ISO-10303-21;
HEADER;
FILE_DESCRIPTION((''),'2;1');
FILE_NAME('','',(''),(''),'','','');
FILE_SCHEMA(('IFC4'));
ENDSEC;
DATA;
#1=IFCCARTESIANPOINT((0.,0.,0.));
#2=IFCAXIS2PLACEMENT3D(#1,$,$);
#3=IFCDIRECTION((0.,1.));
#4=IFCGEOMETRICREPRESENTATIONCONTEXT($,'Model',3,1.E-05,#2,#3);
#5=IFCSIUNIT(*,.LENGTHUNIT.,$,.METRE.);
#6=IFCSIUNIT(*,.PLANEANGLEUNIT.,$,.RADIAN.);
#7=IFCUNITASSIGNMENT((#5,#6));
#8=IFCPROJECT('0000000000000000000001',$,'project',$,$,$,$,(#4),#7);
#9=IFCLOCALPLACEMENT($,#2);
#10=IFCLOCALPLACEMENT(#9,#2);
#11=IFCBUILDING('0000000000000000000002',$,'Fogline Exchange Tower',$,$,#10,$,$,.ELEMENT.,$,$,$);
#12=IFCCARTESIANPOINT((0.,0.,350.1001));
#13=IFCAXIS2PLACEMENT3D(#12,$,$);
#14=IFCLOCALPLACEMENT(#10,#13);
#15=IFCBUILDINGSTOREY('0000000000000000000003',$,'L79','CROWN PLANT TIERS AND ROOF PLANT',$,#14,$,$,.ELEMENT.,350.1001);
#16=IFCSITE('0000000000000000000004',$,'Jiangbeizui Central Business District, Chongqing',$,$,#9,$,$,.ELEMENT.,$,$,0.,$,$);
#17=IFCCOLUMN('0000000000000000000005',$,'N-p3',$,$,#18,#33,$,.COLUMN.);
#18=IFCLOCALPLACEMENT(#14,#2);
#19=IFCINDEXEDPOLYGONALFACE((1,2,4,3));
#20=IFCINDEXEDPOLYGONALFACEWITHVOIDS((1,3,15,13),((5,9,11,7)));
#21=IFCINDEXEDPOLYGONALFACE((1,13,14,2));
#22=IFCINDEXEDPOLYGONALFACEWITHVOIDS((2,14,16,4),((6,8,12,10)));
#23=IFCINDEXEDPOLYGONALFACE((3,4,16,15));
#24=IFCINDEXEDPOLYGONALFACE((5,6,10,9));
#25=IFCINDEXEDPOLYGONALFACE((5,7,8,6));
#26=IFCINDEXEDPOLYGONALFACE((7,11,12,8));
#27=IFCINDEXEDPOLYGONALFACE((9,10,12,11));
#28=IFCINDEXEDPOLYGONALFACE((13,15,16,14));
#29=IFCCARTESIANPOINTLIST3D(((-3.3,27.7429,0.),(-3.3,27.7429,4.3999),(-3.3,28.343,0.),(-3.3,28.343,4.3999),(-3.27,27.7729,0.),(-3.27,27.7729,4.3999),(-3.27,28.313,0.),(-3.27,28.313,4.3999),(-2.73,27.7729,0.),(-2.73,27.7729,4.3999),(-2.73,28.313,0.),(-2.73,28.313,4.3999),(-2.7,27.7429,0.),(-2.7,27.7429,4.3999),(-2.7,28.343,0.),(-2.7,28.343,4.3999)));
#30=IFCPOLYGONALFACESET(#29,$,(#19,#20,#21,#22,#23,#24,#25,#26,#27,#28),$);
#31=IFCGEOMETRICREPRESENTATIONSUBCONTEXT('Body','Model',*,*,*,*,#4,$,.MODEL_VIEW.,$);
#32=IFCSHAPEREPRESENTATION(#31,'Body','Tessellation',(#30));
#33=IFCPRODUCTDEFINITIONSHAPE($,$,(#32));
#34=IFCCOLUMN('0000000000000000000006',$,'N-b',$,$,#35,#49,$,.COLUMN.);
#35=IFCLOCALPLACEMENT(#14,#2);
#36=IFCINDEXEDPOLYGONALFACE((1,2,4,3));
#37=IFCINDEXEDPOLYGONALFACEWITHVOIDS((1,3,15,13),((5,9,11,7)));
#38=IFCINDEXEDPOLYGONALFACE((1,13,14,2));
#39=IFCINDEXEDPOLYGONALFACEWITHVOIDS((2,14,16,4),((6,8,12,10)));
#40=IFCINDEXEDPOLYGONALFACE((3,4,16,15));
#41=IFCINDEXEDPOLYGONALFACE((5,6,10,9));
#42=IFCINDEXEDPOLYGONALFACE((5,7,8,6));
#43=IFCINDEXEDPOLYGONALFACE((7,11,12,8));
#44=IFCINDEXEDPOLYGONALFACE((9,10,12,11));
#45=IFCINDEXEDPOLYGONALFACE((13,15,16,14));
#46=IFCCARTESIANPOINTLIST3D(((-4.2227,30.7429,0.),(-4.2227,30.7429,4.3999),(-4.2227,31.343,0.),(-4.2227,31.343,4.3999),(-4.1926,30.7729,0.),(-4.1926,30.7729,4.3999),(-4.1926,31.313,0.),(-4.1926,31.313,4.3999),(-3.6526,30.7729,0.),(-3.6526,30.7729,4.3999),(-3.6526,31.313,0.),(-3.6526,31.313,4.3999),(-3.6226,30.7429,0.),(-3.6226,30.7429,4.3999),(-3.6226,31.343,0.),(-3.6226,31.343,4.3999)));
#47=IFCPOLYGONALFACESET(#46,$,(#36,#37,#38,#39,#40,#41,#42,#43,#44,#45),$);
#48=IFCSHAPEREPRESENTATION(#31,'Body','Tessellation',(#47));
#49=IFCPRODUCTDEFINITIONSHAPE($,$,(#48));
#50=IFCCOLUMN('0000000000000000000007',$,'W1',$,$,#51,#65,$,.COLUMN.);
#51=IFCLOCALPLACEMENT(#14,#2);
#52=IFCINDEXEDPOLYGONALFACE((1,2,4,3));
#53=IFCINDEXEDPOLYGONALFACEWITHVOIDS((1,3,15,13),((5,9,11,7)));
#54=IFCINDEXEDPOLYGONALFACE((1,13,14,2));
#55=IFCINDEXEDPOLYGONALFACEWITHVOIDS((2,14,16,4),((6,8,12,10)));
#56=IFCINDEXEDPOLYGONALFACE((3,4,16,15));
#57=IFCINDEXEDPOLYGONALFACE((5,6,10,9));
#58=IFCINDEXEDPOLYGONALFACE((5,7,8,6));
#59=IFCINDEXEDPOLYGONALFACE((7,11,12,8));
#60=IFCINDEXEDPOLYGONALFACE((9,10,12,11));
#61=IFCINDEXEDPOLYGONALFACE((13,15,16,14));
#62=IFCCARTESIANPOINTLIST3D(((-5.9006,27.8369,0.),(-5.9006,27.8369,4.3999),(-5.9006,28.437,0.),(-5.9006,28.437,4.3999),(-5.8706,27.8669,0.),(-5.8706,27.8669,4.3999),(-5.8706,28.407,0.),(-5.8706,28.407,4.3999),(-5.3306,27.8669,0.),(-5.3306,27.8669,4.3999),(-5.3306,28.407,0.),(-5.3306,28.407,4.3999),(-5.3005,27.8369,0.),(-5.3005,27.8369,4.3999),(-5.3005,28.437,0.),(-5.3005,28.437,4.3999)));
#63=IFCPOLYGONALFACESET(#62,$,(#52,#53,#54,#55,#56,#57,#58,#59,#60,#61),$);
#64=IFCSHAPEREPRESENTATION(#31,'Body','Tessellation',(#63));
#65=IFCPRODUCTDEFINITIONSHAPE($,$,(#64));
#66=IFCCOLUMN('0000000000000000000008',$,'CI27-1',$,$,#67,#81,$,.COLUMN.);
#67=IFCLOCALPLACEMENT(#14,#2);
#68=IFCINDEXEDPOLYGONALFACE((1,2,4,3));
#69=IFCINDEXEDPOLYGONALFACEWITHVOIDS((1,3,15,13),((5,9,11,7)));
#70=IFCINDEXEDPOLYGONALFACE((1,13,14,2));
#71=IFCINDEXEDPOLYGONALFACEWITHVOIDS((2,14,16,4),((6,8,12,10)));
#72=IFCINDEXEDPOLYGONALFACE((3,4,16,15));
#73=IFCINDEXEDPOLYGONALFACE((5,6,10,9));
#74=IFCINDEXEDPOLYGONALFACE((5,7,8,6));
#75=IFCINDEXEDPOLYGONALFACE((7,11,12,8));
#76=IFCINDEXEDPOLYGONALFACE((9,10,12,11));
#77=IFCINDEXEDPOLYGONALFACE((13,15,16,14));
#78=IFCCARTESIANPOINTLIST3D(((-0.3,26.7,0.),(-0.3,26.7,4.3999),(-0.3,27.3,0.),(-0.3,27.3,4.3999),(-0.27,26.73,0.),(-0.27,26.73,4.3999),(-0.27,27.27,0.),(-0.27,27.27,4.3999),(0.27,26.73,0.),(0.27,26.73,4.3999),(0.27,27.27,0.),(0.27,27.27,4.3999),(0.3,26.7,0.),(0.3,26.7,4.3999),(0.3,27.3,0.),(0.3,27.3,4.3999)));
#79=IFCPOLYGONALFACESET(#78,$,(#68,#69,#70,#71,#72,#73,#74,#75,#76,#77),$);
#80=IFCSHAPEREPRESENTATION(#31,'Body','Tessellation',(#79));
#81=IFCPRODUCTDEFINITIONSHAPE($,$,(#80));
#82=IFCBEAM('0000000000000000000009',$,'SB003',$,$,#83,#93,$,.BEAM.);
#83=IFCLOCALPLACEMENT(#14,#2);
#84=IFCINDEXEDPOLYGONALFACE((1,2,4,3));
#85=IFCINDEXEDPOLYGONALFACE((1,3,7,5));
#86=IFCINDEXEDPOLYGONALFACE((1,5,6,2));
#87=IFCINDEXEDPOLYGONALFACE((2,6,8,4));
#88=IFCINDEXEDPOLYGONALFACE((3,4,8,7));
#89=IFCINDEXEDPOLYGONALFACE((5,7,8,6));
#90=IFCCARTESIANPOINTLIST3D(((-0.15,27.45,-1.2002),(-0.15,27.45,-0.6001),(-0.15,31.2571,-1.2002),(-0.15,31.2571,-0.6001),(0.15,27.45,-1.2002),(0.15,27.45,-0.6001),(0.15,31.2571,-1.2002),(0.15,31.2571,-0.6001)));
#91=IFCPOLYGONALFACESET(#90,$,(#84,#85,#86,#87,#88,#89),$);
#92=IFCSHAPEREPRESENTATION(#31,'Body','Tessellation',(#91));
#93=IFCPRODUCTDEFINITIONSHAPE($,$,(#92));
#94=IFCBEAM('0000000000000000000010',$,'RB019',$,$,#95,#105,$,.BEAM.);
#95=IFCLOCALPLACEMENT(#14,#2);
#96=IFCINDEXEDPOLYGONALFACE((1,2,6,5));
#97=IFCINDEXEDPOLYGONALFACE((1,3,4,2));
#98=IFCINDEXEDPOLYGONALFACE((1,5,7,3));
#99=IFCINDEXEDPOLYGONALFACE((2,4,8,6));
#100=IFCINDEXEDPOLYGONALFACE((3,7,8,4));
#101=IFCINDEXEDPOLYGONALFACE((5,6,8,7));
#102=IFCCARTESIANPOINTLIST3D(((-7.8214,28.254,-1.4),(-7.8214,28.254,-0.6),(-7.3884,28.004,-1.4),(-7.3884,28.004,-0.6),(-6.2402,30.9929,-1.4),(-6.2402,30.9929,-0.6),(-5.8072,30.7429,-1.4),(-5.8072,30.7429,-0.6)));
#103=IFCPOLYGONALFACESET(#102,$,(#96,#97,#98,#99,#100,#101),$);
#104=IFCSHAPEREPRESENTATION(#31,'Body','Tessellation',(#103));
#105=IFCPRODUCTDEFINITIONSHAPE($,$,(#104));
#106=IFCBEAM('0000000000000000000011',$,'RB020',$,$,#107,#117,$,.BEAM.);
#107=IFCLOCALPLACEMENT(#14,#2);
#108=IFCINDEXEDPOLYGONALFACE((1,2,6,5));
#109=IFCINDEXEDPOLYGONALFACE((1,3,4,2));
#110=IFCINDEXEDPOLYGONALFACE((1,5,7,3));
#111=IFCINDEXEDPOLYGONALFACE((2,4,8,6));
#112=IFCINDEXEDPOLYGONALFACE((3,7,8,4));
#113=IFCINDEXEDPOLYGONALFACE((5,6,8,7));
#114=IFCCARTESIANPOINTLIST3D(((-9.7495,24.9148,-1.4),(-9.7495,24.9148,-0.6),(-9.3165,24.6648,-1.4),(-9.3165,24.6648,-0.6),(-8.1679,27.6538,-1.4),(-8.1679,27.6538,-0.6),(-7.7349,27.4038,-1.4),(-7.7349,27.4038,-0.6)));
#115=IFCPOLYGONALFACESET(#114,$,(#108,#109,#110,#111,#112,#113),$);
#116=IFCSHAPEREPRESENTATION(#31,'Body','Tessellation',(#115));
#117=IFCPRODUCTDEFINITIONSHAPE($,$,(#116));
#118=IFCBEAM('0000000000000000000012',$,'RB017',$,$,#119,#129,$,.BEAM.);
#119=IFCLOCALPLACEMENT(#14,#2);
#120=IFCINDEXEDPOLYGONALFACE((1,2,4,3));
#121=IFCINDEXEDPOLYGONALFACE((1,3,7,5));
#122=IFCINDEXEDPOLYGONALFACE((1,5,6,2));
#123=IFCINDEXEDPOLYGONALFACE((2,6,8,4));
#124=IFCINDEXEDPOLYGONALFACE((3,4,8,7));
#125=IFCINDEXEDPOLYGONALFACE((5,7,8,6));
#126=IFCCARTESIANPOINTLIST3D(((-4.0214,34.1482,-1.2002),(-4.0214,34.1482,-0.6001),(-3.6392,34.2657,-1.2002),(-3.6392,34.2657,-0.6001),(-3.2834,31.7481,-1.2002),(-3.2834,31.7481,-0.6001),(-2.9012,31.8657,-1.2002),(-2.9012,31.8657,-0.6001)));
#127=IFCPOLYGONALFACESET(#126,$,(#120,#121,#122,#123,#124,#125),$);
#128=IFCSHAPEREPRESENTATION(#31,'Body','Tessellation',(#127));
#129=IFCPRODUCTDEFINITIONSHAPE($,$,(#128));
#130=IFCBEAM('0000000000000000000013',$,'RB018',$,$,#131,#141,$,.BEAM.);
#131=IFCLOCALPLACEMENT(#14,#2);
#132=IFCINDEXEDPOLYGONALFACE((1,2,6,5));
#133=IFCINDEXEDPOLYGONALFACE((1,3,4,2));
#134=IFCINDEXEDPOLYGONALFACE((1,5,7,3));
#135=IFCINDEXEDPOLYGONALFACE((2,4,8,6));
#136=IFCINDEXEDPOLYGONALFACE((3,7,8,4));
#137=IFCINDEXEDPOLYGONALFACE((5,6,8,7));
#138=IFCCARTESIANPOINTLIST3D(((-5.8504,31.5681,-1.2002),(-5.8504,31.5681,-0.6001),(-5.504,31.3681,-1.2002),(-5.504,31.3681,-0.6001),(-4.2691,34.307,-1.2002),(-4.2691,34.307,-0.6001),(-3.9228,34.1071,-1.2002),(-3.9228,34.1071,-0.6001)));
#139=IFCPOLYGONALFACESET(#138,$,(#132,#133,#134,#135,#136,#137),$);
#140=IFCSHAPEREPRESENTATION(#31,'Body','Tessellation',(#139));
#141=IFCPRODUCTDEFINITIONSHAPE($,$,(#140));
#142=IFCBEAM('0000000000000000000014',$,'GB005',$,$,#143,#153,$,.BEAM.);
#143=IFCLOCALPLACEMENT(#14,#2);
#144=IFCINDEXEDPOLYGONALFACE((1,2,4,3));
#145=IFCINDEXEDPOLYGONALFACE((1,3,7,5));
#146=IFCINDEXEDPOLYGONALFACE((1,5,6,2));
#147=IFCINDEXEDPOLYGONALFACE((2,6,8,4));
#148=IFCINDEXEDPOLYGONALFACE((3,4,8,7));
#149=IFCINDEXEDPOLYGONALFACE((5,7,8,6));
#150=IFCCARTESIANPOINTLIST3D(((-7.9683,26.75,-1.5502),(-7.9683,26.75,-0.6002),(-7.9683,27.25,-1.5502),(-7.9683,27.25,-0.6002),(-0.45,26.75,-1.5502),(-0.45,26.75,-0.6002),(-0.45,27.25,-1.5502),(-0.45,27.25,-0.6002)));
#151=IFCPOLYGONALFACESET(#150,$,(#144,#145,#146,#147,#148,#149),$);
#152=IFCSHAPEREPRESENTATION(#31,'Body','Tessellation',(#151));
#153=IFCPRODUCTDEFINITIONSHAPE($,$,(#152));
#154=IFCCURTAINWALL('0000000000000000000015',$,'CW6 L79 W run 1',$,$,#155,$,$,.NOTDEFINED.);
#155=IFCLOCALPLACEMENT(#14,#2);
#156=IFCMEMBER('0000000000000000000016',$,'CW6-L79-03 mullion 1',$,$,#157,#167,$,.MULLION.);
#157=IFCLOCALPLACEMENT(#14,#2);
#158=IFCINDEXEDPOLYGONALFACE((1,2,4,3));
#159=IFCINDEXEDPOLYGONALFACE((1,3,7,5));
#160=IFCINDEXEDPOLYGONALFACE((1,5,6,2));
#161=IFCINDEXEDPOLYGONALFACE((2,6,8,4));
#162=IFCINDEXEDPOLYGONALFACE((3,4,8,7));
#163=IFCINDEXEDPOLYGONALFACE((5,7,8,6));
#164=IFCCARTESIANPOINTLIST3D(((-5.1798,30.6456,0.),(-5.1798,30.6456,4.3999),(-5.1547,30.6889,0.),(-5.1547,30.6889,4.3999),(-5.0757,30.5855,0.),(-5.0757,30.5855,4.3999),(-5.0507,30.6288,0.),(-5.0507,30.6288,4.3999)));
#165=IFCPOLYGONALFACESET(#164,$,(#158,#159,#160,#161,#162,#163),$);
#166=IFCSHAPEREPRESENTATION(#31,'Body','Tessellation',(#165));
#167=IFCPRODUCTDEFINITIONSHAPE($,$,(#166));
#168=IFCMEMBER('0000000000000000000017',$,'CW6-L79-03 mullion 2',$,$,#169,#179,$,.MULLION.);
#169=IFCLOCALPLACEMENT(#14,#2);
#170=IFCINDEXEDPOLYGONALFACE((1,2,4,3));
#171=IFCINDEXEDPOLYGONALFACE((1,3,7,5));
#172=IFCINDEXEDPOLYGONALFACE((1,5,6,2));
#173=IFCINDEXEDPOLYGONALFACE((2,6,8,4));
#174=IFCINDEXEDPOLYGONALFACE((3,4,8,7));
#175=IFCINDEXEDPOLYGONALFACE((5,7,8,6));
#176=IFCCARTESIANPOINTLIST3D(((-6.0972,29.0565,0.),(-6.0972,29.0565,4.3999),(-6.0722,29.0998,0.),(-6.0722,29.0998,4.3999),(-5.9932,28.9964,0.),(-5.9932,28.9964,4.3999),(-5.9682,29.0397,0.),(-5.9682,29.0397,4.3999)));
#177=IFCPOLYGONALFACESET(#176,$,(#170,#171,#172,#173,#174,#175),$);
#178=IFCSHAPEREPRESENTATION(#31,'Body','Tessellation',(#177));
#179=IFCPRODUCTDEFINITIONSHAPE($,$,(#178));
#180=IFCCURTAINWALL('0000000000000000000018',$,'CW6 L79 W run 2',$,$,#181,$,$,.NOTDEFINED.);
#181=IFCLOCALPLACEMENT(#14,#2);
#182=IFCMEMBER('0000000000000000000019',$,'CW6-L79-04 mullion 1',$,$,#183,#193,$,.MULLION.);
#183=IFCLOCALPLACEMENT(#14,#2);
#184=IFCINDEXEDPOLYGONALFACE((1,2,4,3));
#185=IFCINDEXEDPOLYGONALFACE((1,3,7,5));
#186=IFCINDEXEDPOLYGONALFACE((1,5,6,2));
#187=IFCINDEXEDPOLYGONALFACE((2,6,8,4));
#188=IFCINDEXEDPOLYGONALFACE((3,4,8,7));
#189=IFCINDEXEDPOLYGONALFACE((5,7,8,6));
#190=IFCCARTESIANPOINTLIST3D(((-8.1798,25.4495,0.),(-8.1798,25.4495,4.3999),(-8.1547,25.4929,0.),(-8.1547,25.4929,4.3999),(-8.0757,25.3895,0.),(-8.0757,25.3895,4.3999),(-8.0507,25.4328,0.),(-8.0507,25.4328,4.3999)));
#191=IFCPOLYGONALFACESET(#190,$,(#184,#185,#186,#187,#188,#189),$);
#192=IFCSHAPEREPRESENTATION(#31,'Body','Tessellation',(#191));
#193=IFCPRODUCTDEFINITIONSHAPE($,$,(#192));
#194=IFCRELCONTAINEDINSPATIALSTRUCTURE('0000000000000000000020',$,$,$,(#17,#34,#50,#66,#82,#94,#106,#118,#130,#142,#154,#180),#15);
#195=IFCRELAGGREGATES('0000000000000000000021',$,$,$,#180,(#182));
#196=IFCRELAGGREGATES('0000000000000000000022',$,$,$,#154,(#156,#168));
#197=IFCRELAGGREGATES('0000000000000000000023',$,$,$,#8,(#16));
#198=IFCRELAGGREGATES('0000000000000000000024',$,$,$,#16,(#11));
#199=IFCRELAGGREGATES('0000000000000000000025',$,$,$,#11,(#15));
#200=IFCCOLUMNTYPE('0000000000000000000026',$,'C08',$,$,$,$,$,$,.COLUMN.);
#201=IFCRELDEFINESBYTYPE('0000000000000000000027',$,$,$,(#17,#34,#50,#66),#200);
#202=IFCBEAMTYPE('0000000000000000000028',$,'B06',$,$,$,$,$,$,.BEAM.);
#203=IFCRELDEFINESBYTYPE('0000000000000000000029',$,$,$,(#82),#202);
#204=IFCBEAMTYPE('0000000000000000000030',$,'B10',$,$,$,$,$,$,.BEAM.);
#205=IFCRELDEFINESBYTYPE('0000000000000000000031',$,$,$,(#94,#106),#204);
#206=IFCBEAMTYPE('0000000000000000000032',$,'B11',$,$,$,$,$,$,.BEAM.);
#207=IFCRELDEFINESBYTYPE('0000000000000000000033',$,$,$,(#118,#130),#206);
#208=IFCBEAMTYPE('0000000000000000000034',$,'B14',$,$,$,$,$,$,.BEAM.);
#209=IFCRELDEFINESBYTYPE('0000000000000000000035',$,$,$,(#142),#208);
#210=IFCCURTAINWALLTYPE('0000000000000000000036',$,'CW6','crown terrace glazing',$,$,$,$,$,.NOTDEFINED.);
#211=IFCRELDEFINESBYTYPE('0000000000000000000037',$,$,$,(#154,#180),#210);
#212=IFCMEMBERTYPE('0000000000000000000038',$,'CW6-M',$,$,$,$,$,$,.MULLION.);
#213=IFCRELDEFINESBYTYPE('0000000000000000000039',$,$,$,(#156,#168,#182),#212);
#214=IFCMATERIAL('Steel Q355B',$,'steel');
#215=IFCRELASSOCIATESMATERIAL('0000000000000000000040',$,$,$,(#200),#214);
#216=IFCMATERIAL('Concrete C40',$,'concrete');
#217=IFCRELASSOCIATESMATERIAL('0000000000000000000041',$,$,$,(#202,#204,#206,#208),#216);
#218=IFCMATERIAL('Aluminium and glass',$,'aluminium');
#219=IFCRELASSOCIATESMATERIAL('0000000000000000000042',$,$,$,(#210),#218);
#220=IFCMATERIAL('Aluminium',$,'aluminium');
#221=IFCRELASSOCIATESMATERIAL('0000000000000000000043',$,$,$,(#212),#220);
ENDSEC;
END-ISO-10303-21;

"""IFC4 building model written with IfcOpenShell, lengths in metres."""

from ifc_helpers import new_model, si_unit, direction, frame, origin, origin_2d, place, context, subcontext, project, spatial, rectangle, hollow_rectangle, extrude, material, material_profile, profile_set, type_object, element, aggregate, save


model = new_model("IFC4")

# Units and contexts
model_context = context("Model", 3, precision=1e-05, world=origin(), true_north=direction((0.0, 1.0)))
body_context = subcontext(model_context, "Body", "Model", "MODEL_VIEW")
ifc_project = project(units=[si_unit("LENGTHUNIT", "METRE"), si_unit("PLANEANGLEUNIT", "RADIAN")], contexts=[model_context])

# Site, building, storey
site_placement = place(None, origin())
site = spatial("IfcSite", under=ifc_project, at=site_placement, Name="Jiangbeizui Central Business District, Chongqing", CompositionType="ELEMENT", RefElevation=0.0)
building_placement = place(site_placement, origin())
building = spatial("IfcBuilding", under=site, at=building_placement, Name="Fogline Exchange Tower", CompositionType="ELEMENT")
storey_placement = place(building_placement, frame((0.0, 0.0, 350.1001)))
storey = spatial("IfcBuildingStorey", under=building, at=storey_placement, Name="L79", Description="CROWN PLANT TIERS AND ROOF PLANT", CompositionType="ELEMENT", Elevation=350.1001)

# Columns
ifc_material_1 = material(Name="Steel Q355B", Category="steel")
ifc_material_profile_1 = material_profile(ifc_material_1, hollow_rectangle(XDim=0.6001, YDim=0.6001, WallThickness=0.03, at=origin_2d()), Name="BOX600X600X30")
ifc_profile_set_1 = profile_set([ifc_material_profile_1], Name="Steel Q355B")
column_type = type_object("IfcColumnType", Name="C08", PredefinedType="COLUMN", material=ifc_profile_set_1)
for number, where, z_axis, x_axis, name in (
    (1, (-3.0, 28.043, 0.0), (0.0, 0.0, 1.0), (1.0, 0.0, 0.0), "N-p3"),
    (2, (-3.9226, 31.043, 0.0), (0.0, 0.0, 1.0), (1.0, 0.0, 0.0), "N-b"),
    (3, (-5.6006, 28.137, 0.0), (0.0, 0.0, 1.0), (1.0, 0.0, 0.0), "W1"),
    (4, (0.0, 27.0, 0.0), (0.0, 0.0, 1.0), (1.0, 0.0, 0.0), "CI27-1"),
):
    element("IfcColumn", number, at=place(storey_placement, frame(where, z_axis=z_axis, x_axis=x_axis)), inside=storey, type_object=column_type, Name=name, PredefinedType="COLUMN", context=body_context, shape_type="SweptSolid", body=[
        extrude(hollow_rectangle(XDim=0.6001, YDim=0.6001, WallThickness=0.03, at=origin_2d()), origin(), (0.0, 0.0, 1.0), 4.3999),
    ])

# Beams
ifc_material_2 = material(Name="Concrete C40", Category="concrete")
ifc_material_profile_2 = material_profile(ifc_material_2, rectangle(XDim=0.3, YDim=0.6001, at=origin_2d()), Name="RC 300x600")
ifc_profile_set_2 = profile_set([ifc_material_profile_2], Name="Concrete C40")
beam_type_1 = type_object("IfcBeamType", Name="B06", PredefinedType="BEAM", material=ifc_profile_set_2)
beam_1_placement = place(storey_placement, frame((0.0, 27.45, -0.9001), z_axis=(0.0, 1.0, 0.0), x_axis=(-1.0, 0.0, 0.0)))
element("IfcBeam", 5, at=beam_1_placement, inside=storey, type_object=beam_type_1, Name="SB003", PredefinedType="BEAM", context=body_context, shape_type="SweptSolid", body=[
    extrude(rectangle(XDim=0.3, YDim=0.6001, at=origin_2d()), origin(), (0.0, 0.0, 1.0), 3.8071),
])
ifc_material_profile_3 = material_profile(ifc_material_2, rectangle(XDim=0.5, YDim=0.8, at=origin_2d()), Name="RC 500x800")
ifc_profile_set_3 = profile_set([ifc_material_profile_3], Name="Concrete C40")
beam_type_2 = type_object("IfcBeamType", Name="B10", PredefinedType="BEAM", material=ifc_profile_set_3)
beam_2_placement = place(storey_placement, frame((-6.0237, 30.8679, -1.0), z_axis=(-0.499983, -0.866035, 0.0), x_axis=(0.866035, -0.499983, 0.0)))
element("IfcBeam", 6, at=beam_2_placement, inside=storey, type_object=beam_type_2, Name="RB019", PredefinedType="BEAM", context=body_context, shape_type="SweptSolid", body=[
    extrude(rectangle(XDim=0.5, YDim=0.8, at=origin_2d()), origin(), (0.0, 0.0, 1.0), 3.1626),
])
beam_3_placement = place(storey_placement, frame((-7.9514, 27.5288, -1.0), z_axis=(-0.500041, -0.866002, 0.0), x_axis=(0.866002, -0.500041, 0.0)))
element("IfcBeam", 7, at=beam_3_placement, inside=storey, type_object=beam_type_2, Name="RB020", PredefinedType="BEAM", context=body_context, shape_type="SweptSolid", body=[
    extrude(rectangle(XDim=0.5, YDim=0.8, at=origin_2d()), origin(), (0.0, 0.0, 1.0), 3.1628),
])
ifc_material_profile_4 = material_profile(ifc_material_2, rectangle(XDim=0.3999, YDim=0.6001, at=origin_2d()), Name="RC 400x600")
ifc_profile_set_4 = profile_set([ifc_material_profile_4], Name="Concrete C40")
beam_type_3 = type_object("IfcBeamType", Name="B11", PredefinedType="BEAM", material=ifc_profile_set_4)
beam_4_placement = place(storey_placement, frame((-3.0923, 31.8069, -0.9001), z_axis=(-0.293915, 0.955832, 0.0), x_axis=(-0.955832, -0.293915, 0.0)))
element("IfcBeam", 8, at=beam_4_placement, inside=storey, type_object=beam_type_3, Name="RB017", PredefinedType="BEAM", context=body_context, shape_type="SweptSolid", body=[
    extrude(rectangle(XDim=0.3999, YDim=0.6001, at=origin_2d()), origin(), (0.0, 0.0, 1.0), 2.511),
])
beam_5_placement = place(storey_placement, frame((-4.0959, 34.207, -0.9001), z_axis=(-0.499983, -0.866035, 0.0), x_axis=(0.866035, -0.499983, 0.0)))
element("IfcBeam", 9, at=beam_5_placement, inside=storey, type_object=beam_type_3, Name="RB018", PredefinedType="BEAM", context=body_context, shape_type="SweptSolid", body=[
    extrude(rectangle(XDim=0.3999, YDim=0.6001, at=origin_2d()), origin(), (0.0, 0.0, 1.0), 3.1626),
])
ifc_material_profile_5 = material_profile(ifc_material_2, rectangle(XDim=0.5, YDim=0.95, at=origin_2d()), Name="RC 500x950")
ifc_profile_set_5 = profile_set([ifc_material_profile_5], Name="Concrete C40")
beam_type_4 = type_object("IfcBeamType", Name="B14", PredefinedType="BEAM", material=ifc_profile_set_5)
beam_6_placement = place(storey_placement, frame((-7.9683, 27.0, -1.0752), z_axis=(1.0, 0.0, 0.0), x_axis=(0.0, 1.0, 0.0)))
element("IfcBeam", 10, at=beam_6_placement, inside=storey, type_object=beam_type_4, Name="GB005", PredefinedType="BEAM", context=body_context, shape_type="SweptSolid", body=[
    extrude(rectangle(XDim=0.5, YDim=0.95, at=origin_2d()), origin(), (0.0, 0.0, 1.0), 7.5183),
])

# Curtain wall, members
ifc_material_3 = material(Name="Aluminium and glass", Category="aluminium")
curtain_wall_type = type_object("IfcCurtainWallType", Name="CW6", Description="crown terrace glazing", PredefinedType="NOTDEFINED", material=ifc_material_3)
curtain_wall_1_placement = place(storey_placement, origin())
curtain_wall_1 = element("IfcCurtainWall", 11, at=curtain_wall_1_placement, inside=storey, type_object=curtain_wall_type, Name="CW6 L79 W run 1", PredefinedType="NOTDEFINED")
ifc_material_4 = material(Name="Aluminium", Category="aluminium")
ifc_material_profile_6 = material_profile(ifc_material_4, rectangle(XDim=0.1201, YDim=0.05, at=origin_2d()), Name="Mullion 50x120")
ifc_profile_set_6 = profile_set([ifc_material_profile_6], Name="Aluminium")
member_type_1 = type_object("IfcMemberType", Name="CW6-M", PredefinedType="MULLION", material=ifc_profile_set_6)
member_1_placement = place(storey_placement, frame((-5.1152, 30.6372, 0.0), z_axis=(0.0, 0.0, 1.0), x_axis=(0.866026, -0.5, 0.0)))
member_1 = element("IfcMember", 12, at=member_1_placement, type_object=member_type_1, Name="CW6-L79-03 mullion 1", PredefinedType="MULLION", context=body_context, shape_type="SweptSolid", body=[
    extrude(rectangle(XDim=0.1201, YDim=0.05, at=origin_2d()), origin(), (0.0, 0.0, 1.0), 4.3999),
])
member_2_placement = place(storey_placement, frame((-6.0327, 29.0481, 0.0), z_axis=(0.0, 0.0, 1.0), x_axis=(0.866026, -0.5, 0.0)))
member_2 = element("IfcMember", 13, at=member_2_placement, type_object=member_type_1, Name="CW6-L79-03 mullion 2", PredefinedType="MULLION", context=body_context, shape_type="SweptSolid", body=[
    extrude(rectangle(XDim=0.1201, YDim=0.05, at=origin_2d()), origin(), (0.0, 0.0, 1.0), 4.3999),
])

# Curtain wall, member
curtain_wall_2_placement = place(storey_placement, origin())
curtain_wall_2 = element("IfcCurtainWall", 14, at=curtain_wall_2_placement, inside=storey, type_object=curtain_wall_type, Name="CW6 L79 W run 2", PredefinedType="NOTDEFINED")
member_3_placement = place(storey_placement, frame((-8.1152, 25.4412, 0.0), z_axis=(0.0, 0.0, 1.0), x_axis=(0.866026, -0.5, 0.0)))
member_3 = element("IfcMember", 15, at=member_3_placement, type_object=member_type_1, Name="CW6-L79-04 mullion 1", PredefinedType="MULLION", context=body_context, shape_type="SweptSolid", body=[
    extrude(rectangle(XDim=0.1201, YDim=0.05, at=origin_2d()), origin(), (0.0, 0.0, 1.0), 4.3999),
])

aggregate(curtain_wall_2, [member_3])

aggregate(curtain_wall_1, [member_1, member_2])

save(model, "model.ifc")
